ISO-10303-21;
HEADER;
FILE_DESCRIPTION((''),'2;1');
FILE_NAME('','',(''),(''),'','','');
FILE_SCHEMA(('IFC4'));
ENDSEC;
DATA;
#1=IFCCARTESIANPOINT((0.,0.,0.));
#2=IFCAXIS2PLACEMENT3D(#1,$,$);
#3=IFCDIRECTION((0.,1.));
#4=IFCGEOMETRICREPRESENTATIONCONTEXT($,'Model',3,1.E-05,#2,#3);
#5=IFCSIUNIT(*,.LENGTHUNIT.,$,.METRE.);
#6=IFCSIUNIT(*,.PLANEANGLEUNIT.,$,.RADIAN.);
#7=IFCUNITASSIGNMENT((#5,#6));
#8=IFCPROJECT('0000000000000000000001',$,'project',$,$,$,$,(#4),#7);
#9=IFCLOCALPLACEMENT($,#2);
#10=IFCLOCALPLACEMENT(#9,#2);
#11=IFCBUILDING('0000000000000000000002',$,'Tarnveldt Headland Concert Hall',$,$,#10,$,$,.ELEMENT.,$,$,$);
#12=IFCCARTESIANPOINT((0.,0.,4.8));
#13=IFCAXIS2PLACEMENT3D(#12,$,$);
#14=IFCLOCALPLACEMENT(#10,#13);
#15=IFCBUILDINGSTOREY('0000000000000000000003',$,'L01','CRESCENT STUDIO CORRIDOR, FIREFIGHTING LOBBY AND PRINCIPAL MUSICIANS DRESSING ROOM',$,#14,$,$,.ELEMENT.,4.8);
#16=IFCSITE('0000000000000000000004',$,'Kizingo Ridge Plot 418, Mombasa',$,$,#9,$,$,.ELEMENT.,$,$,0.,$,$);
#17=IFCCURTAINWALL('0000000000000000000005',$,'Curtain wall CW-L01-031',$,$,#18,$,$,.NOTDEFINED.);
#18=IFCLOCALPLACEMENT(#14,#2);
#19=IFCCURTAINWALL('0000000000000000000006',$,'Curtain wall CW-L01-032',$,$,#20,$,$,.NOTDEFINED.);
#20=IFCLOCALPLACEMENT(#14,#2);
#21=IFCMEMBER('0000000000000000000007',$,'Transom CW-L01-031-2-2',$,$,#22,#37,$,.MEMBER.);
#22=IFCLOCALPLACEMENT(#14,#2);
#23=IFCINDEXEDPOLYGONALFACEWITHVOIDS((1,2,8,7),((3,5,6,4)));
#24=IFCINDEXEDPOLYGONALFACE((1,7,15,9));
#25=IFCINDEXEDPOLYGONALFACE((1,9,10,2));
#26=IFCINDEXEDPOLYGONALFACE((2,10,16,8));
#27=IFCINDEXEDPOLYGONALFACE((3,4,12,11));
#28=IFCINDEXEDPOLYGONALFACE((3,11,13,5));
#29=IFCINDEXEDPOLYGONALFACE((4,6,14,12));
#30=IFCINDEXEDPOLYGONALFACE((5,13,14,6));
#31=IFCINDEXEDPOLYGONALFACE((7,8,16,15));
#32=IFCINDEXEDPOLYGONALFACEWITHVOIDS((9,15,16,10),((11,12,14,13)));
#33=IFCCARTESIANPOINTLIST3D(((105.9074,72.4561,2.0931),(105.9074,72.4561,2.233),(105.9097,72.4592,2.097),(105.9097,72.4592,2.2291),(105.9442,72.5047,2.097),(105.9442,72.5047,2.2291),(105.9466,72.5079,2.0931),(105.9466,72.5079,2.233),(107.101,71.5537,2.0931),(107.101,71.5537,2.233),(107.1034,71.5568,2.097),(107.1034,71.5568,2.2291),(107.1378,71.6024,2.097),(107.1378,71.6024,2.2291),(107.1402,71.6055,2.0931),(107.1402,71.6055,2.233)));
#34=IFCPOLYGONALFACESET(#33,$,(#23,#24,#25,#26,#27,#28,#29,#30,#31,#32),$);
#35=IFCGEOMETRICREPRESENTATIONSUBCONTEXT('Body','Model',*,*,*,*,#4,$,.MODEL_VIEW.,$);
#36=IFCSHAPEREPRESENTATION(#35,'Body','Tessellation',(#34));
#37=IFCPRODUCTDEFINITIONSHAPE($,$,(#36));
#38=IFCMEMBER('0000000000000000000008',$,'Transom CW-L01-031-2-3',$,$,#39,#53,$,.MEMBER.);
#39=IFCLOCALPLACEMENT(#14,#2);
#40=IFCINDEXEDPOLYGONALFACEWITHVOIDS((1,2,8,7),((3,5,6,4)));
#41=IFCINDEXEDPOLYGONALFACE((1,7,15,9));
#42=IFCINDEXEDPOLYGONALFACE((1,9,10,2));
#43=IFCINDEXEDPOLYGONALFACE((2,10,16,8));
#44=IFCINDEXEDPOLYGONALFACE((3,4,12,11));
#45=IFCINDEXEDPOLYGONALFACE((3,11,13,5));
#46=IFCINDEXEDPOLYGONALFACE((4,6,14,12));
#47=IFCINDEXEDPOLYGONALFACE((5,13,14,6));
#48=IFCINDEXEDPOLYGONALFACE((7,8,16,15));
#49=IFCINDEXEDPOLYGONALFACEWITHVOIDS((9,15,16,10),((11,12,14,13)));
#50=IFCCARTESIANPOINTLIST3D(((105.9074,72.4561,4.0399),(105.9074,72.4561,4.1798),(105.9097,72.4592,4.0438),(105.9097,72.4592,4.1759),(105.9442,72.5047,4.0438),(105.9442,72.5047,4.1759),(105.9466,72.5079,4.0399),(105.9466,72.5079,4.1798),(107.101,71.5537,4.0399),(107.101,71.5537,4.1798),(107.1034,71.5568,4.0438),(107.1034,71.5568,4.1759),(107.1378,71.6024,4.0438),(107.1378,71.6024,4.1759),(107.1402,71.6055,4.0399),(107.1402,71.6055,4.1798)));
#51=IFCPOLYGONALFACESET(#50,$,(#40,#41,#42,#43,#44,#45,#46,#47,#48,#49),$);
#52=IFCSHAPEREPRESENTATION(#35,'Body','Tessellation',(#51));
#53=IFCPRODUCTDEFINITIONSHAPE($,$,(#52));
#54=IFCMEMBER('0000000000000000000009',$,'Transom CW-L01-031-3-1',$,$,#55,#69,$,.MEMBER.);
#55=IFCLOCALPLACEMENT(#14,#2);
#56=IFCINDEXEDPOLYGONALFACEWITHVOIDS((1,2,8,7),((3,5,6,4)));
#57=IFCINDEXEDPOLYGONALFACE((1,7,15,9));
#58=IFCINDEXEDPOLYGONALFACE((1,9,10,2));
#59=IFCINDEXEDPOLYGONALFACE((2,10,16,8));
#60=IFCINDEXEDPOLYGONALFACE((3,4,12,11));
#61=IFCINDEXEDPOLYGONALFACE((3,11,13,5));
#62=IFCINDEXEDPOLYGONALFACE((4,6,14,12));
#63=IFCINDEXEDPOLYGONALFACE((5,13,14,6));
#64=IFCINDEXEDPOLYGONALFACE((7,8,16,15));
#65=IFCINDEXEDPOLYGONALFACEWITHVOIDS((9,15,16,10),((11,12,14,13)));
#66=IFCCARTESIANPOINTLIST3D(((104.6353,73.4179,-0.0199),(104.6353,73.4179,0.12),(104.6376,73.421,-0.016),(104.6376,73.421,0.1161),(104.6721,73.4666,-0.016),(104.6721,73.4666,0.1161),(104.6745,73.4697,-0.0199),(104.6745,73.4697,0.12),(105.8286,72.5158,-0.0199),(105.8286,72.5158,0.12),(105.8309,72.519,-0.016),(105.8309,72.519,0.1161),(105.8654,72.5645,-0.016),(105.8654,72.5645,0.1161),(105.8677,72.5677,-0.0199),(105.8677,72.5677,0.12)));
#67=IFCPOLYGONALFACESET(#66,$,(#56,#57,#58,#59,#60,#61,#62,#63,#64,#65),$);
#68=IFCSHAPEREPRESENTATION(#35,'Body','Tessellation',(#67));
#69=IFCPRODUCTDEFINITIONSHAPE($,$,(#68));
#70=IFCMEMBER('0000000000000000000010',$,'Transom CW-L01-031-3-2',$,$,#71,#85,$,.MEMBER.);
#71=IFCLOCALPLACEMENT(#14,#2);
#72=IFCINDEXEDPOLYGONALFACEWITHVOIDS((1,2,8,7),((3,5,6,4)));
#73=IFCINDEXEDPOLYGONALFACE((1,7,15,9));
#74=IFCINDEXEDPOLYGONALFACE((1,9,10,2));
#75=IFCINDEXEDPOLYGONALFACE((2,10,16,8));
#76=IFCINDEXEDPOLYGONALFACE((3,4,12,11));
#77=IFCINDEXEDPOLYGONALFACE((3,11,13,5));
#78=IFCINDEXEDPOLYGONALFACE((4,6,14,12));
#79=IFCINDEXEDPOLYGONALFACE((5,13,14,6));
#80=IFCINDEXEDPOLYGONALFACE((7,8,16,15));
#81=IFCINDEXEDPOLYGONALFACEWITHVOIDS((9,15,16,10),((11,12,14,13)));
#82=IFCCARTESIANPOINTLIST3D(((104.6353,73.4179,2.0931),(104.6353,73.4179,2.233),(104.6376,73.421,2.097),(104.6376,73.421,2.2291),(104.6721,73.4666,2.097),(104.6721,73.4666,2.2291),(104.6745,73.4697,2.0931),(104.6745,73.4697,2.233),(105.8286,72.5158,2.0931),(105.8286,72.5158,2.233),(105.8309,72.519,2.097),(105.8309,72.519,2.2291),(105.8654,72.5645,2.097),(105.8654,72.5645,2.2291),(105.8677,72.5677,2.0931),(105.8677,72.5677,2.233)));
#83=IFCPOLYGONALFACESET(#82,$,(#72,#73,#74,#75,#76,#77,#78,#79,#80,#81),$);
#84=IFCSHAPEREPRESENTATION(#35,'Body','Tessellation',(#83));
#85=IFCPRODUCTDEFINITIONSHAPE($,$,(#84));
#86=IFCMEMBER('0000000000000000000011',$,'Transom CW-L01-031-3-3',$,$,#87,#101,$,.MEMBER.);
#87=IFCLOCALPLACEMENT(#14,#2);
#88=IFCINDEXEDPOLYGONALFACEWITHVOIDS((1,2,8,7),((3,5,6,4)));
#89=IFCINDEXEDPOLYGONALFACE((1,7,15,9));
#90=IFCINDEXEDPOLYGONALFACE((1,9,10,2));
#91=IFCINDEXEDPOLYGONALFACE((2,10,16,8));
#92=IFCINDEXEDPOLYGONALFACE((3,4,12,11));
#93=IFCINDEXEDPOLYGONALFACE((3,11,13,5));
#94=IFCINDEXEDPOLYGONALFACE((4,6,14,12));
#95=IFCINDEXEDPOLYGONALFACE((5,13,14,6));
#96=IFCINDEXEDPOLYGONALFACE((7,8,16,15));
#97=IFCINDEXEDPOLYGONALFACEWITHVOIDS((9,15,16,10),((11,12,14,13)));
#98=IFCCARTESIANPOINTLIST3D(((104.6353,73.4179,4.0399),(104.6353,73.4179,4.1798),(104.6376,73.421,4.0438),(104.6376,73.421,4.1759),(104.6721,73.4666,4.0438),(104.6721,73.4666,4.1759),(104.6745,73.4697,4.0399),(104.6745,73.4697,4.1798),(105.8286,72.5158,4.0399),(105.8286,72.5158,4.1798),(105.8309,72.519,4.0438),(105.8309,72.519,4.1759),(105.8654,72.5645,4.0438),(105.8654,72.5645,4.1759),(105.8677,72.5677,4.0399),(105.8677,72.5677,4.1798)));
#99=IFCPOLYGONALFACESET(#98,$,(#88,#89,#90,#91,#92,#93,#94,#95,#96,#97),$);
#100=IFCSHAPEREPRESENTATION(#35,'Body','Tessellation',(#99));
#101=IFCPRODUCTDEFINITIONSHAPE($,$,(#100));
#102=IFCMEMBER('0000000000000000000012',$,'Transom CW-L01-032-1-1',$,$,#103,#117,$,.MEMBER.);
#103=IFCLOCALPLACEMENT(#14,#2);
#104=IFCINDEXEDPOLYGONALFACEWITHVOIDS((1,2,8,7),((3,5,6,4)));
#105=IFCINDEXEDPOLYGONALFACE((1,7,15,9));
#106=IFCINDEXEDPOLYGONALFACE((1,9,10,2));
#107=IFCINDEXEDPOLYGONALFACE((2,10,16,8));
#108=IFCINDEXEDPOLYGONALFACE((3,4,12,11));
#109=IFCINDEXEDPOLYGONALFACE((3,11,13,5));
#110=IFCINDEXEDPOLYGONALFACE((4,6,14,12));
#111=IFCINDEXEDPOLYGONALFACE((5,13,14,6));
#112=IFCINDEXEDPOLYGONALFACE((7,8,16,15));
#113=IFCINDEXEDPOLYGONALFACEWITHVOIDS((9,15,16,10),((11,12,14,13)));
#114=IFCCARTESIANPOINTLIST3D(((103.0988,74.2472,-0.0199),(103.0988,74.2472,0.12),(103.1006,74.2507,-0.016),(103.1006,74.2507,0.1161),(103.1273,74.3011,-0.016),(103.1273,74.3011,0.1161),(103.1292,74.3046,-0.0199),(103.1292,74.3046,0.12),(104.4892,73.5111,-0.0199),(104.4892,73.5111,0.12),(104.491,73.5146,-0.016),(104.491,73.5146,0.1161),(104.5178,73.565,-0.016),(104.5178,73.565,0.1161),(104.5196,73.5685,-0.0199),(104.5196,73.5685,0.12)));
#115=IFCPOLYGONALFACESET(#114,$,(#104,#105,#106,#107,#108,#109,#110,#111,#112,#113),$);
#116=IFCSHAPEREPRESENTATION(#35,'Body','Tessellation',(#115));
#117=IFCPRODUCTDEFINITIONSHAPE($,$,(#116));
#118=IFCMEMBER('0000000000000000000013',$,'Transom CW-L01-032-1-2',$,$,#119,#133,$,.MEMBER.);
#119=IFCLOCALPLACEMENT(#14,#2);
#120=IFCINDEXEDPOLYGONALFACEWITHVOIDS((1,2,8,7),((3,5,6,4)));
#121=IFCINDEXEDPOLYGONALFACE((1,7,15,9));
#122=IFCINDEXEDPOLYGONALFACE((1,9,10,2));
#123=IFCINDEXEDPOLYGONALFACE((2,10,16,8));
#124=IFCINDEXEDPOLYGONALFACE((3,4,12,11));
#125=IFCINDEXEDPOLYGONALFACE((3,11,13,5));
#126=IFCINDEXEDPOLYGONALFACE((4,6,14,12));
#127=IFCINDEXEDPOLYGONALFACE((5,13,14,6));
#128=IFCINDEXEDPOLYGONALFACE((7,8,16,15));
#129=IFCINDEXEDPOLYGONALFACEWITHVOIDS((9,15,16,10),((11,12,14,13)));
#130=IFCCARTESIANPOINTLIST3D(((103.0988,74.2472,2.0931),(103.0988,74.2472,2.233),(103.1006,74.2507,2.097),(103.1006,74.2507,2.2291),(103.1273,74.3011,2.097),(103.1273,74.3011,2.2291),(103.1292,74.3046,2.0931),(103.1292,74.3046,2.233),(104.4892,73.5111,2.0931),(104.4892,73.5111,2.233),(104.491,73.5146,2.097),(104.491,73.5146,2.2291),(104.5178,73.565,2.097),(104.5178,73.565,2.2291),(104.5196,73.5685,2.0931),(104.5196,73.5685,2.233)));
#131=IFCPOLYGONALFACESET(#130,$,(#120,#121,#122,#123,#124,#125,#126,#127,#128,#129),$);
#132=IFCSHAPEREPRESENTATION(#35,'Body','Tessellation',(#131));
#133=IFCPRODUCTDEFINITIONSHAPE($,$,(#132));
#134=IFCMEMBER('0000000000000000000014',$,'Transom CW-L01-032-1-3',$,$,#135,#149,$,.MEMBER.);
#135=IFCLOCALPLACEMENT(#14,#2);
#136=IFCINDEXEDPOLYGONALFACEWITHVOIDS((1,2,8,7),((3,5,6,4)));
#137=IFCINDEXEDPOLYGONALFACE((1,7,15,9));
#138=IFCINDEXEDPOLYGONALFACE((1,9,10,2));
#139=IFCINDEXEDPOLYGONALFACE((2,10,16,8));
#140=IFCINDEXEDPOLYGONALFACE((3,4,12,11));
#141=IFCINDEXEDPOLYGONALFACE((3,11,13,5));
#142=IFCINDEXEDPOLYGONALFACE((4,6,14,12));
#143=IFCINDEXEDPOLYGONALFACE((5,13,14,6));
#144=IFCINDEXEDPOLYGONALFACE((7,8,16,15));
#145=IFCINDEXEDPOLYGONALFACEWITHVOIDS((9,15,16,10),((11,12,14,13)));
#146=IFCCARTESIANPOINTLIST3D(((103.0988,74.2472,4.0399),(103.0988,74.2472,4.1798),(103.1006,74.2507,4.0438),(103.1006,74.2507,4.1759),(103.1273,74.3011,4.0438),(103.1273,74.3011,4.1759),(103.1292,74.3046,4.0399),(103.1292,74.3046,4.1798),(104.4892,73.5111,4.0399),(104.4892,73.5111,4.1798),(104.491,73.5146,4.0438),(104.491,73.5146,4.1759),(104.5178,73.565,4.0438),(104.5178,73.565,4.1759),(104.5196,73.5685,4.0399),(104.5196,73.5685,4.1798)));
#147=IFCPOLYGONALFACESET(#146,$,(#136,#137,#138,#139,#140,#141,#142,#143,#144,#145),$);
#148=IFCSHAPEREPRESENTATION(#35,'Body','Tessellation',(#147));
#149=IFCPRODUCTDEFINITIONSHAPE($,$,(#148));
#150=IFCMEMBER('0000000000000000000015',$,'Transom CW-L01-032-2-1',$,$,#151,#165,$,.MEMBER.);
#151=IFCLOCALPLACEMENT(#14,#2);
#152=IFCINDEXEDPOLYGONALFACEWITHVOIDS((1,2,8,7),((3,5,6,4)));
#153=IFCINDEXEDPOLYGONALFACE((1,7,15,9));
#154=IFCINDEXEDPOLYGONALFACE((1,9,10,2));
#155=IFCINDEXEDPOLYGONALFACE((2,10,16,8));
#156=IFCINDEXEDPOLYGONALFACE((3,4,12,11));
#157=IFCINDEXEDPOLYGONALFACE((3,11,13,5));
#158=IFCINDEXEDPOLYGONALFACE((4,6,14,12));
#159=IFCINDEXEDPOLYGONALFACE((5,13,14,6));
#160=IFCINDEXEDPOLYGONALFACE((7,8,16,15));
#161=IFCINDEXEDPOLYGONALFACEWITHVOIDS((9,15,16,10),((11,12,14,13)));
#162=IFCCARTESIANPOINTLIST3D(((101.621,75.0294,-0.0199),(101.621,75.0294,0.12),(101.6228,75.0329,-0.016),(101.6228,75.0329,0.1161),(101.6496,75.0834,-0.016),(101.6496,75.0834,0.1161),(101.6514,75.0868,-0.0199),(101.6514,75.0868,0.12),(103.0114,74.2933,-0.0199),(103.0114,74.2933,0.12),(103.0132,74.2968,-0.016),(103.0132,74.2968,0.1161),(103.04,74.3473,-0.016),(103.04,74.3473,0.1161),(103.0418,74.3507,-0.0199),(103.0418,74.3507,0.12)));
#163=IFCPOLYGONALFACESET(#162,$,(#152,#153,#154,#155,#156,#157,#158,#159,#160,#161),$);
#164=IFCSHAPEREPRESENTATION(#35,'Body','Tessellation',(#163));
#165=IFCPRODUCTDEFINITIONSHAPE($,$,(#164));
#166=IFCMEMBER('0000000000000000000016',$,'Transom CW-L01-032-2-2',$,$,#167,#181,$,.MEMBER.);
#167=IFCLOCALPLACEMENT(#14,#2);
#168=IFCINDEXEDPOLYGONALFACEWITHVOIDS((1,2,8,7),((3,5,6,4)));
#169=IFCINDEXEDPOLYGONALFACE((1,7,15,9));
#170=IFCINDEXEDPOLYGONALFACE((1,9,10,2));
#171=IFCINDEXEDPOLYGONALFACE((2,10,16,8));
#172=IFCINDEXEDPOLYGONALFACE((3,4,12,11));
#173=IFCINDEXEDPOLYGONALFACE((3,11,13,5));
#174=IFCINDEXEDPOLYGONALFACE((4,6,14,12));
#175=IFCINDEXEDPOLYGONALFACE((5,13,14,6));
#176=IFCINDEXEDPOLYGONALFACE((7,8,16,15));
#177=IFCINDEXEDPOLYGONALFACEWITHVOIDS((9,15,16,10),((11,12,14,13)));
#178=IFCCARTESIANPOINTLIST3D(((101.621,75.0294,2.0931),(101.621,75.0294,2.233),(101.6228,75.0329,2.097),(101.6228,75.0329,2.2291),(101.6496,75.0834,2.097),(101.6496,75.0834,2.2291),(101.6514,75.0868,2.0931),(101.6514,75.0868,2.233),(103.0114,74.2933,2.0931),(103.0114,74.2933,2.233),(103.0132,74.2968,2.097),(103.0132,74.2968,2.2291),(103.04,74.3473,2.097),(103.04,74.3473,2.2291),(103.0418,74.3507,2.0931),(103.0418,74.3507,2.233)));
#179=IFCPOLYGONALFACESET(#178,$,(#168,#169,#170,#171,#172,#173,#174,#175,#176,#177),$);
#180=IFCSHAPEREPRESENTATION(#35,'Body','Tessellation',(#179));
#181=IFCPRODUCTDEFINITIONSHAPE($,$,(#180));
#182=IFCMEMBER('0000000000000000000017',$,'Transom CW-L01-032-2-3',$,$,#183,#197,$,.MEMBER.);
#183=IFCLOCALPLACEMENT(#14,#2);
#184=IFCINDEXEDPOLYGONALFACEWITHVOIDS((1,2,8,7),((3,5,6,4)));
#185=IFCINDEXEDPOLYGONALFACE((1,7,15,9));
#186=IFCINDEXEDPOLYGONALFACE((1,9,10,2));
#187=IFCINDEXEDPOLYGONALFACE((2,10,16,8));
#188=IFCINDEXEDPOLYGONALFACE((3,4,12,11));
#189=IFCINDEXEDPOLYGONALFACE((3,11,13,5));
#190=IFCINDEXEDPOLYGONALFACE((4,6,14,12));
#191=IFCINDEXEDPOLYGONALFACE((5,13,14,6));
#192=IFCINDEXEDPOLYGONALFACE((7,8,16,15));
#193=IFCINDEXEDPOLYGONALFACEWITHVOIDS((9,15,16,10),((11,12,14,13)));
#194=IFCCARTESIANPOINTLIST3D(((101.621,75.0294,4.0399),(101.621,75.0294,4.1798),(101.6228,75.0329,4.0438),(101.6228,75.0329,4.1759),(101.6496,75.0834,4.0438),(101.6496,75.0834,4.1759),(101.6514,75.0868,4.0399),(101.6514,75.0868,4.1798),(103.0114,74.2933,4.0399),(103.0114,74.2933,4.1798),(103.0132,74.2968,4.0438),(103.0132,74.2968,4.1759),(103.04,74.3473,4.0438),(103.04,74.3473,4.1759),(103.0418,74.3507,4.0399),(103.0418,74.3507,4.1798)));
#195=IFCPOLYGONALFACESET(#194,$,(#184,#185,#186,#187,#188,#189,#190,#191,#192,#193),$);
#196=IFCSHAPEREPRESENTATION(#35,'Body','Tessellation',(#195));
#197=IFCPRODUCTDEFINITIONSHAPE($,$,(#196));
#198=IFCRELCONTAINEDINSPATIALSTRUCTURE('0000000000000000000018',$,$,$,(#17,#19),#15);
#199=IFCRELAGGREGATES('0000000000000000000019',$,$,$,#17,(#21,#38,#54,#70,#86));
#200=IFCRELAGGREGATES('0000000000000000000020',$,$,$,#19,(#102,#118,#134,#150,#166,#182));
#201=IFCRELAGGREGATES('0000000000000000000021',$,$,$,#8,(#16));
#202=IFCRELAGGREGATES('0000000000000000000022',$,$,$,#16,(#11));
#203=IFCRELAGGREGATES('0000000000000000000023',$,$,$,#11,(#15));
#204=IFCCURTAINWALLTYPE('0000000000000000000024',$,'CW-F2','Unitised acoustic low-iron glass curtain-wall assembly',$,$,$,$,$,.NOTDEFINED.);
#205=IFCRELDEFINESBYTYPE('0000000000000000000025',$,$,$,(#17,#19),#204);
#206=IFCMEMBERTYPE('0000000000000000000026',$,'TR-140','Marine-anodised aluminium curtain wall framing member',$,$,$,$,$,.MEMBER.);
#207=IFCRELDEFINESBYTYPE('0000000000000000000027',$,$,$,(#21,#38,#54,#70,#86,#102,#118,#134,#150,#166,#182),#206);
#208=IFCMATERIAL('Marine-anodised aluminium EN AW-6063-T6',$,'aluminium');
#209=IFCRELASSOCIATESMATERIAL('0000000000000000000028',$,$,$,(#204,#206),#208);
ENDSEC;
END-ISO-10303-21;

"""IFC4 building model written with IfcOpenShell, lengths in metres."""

from ifc_helpers import new_model, si_unit, direction, frame, origin, origin_2d, place, context, subcontext, project, spatial, hollow_rectangle, extrude, material, material_profile, profile_set, type_object, element, aggregate, save


model = new_model("IFC4")

# Units and contexts
model_context = context("Model", 3, precision=1e-05, world=origin(), true_north=direction((0.0, 1.0)))
body_context = subcontext(model_context, "Body", "Model", "MODEL_VIEW")
ifc_project = project(units=[si_unit("LENGTHUNIT", "METRE"), si_unit("PLANEANGLEUNIT", "RADIAN")], contexts=[model_context])

# Site, building, storey
site_placement = place(None, origin())
site = spatial("IfcSite", under=ifc_project, at=site_placement, Name="Kizingo Ridge Plot 418, Mombasa", CompositionType="ELEMENT", RefElevation=0.0)
building_placement = place(site_placement, origin())
building = spatial("IfcBuilding", under=site, at=building_placement, Name="Tarnveldt Headland Concert Hall", CompositionType="ELEMENT")
storey_placement = place(building_placement, frame((0.0, 0.0, 4.8)))
storey = spatial("IfcBuildingStorey", under=building, at=storey_placement, Name="L01", Description="CRESCENT STUDIO CORRIDOR, FIREFIGHTING LOBBY AND PRINCIPAL MUSICIANS DRESSING ROOM", CompositionType="ELEMENT", Elevation=4.8)

# Curtain walls
ifc_material_1 = material(Name="Marine-anodised aluminium EN AW-6063-T6", Category="aluminium")
curtain_wall_type = type_object("IfcCurtainWallType", Name="CW-F2", Description="Unitised acoustic low-iron glass curtain-wall assembly", PredefinedType="NOTDEFINED", material=ifc_material_1)
curtain_wall_1_placement = place(storey_placement, origin())
curtain_wall_1 = element("IfcCurtainWall", 1, at=curtain_wall_1_placement, inside=storey, type_object=curtain_wall_type, Name="Curtain wall CW-L01-031", PredefinedType="NOTDEFINED")
curtain_wall_2_placement = place(storey_placement, origin())
curtain_wall_2 = element("IfcCurtainWall", 2, at=curtain_wall_2_placement, inside=storey, type_object=curtain_wall_type, Name="Curtain wall CW-L01-032", PredefinedType="NOTDEFINED")

# Members
ifc_material_profile_1 = material_profile(ifc_material_1, hollow_rectangle(XDim=0.0649, YDim=0.1399, WallThickness=0.0039, at=origin_2d()), Name="ALU TRANSOM 65x140x4", Category="aluminium")
ifc_profile_set_1 = profile_set([ifc_material_profile_1], Name="Marine-anodised aluminium EN AW-6063-T6")
member_type_1 = type_object("IfcMemberType", Name="TR-140", Description="Marine-anodised aluminium curtain wall framing member", PredefinedType="MEMBER", material=ifc_profile_set_1)
member_1_placement = place(storey_placement, frame((107.1206, 71.5796, 2.1631), z_axis=(-0.797703, 0.60305, 0.0), x_axis=(-0.60305, -0.797703, 0.0)))
member_1 = element("IfcMember", 3, at=member_1_placement, type_object=member_type_1, Name="Transom CW-L01-031-2-2", PredefinedType="MEMBER", context=body_context, shape_type="SweptSolid", body=[
    extrude(hollow_rectangle(XDim=0.0649, YDim=0.1399, WallThickness=0.0039, at=origin_2d()), origin(), (0.0, 0.0, 1.0), 1.4963),
])
member_2_placement = place(storey_placement, frame((107.1206, 71.5796, 4.1099), z_axis=(-0.797703, 0.60305, 0.0), x_axis=(-0.60305, -0.797703, 0.0)))
member_2 = element("IfcMember", 4, at=member_2_placement, type_object=member_type_1, Name="Transom CW-L01-031-2-3", PredefinedType="MEMBER", context=body_context, shape_type="SweptSolid", body=[
    extrude(hollow_rectangle(XDim=0.0649, YDim=0.1399, WallThickness=0.0039, at=origin_2d()), origin(), (0.0, 0.0, 1.0), 1.4963),
])
member_3_placement = place(storey_placement, frame((105.8481, 72.5417, 0.05), z_axis=(-0.797723, 0.603025, 0.0), x_axis=(-0.603025, -0.797723, 0.0)))
member_3 = element("IfcMember", 5, at=member_3_placement, type_object=member_type_1, Name="Transom CW-L01-031-3-1", PredefinedType="MEMBER", context=body_context, shape_type="SweptSolid", body=[
    extrude(hollow_rectangle(XDim=0.0649, YDim=0.1399, WallThickness=0.0039, at=origin_2d()), origin(), (0.0, 0.0, 1.0), 1.4958),
])
member_4_placement = place(storey_placement, frame((105.8481, 72.5417, 2.1631), z_axis=(-0.797723, 0.603025, 0.0), x_axis=(-0.603025, -0.797723, 0.0)))
member_4 = element("IfcMember", 6, at=member_4_placement, type_object=member_type_1, Name="Transom CW-L01-031-3-2", PredefinedType="MEMBER", context=body_context, shape_type="SweptSolid", body=[
    extrude(hollow_rectangle(XDim=0.0649, YDim=0.1399, WallThickness=0.0039, at=origin_2d()), origin(), (0.0, 0.0, 1.0), 1.4958),
])
member_5_placement = place(storey_placement, frame((105.8481, 72.5417, 4.1099), z_axis=(-0.797723, 0.603025, 0.0), x_axis=(-0.603025, -0.797723, 0.0)))
member_5 = element("IfcMember", 7, at=member_5_placement, type_object=member_type_1, Name="Transom CW-L01-031-3-3", PredefinedType="MEMBER", context=body_context, shape_type="SweptSolid", body=[
    extrude(hollow_rectangle(XDim=0.0649, YDim=0.1399, WallThickness=0.0039, at=origin_2d()), origin(), (0.0, 0.0, 1.0), 1.4958),
])
member_6_placement = place(storey_placement, frame((104.5044, 73.5398, 0.05), z_axis=(-0.883788, 0.467888, 0.0), x_axis=(-0.467888, -0.883788, 0.0)))
member_6 = element("IfcMember", 8, at=member_6_placement, type_object=member_type_1, Name="Transom CW-L01-032-1-1", PredefinedType="MEMBER", context=body_context, shape_type="SweptSolid", body=[
    extrude(hollow_rectangle(XDim=0.0649, YDim=0.1399, WallThickness=0.0039, at=origin_2d()), origin(), (0.0, 0.0, 1.0), 1.5732),
])
member_7_placement = place(storey_placement, frame((104.5044, 73.5398, 2.1631), z_axis=(-0.883788, 0.467888, 0.0), x_axis=(-0.467888, -0.883788, 0.0)))
member_7 = element("IfcMember", 9, at=member_7_placement, type_object=member_type_1, Name="Transom CW-L01-032-1-2", PredefinedType="MEMBER", context=body_context, shape_type="SweptSolid", body=[
    extrude(hollow_rectangle(XDim=0.0649, YDim=0.1399, WallThickness=0.0039, at=origin_2d()), origin(), (0.0, 0.0, 1.0), 1.5732),
])
member_8_placement = place(storey_placement, frame((104.5044, 73.5398, 4.1099), z_axis=(-0.883788, 0.467888, 0.0), x_axis=(-0.467888, -0.883788, 0.0)))
member_8 = element("IfcMember", 10, at=member_8_placement, type_object=member_type_1, Name="Transom CW-L01-032-1-3", PredefinedType="MEMBER", context=body_context, shape_type="SweptSolid", body=[
    extrude(hollow_rectangle(XDim=0.0649, YDim=0.1399, WallThickness=0.0039, at=origin_2d()), origin(), (0.0, 0.0, 1.0), 1.5732),
])
member_9_placement = place(storey_placement, frame((103.0266, 74.322, 0.05), z_axis=(-0.883788, 0.467888, 0.0), x_axis=(-0.467888, -0.883788, 0.0)))
member_9 = element("IfcMember", 11, at=member_9_placement, type_object=member_type_1, Name="Transom CW-L01-032-2-1", PredefinedType="MEMBER", context=body_context, shape_type="SweptSolid", body=[
    extrude(hollow_rectangle(XDim=0.0649, YDim=0.1399, WallThickness=0.0039, at=origin_2d()), origin(), (0.0, 0.0, 1.0), 1.5732),
])
member_10_placement = place(storey_placement, frame((103.0266, 74.322, 2.1631), z_axis=(-0.883788, 0.467888, 0.0), x_axis=(-0.467888, -0.883788, 0.0)))
member_10 = element("IfcMember", 12, at=member_10_placement, type_object=member_type_1, Name="Transom CW-L01-032-2-2", PredefinedType="MEMBER", context=body_context, shape_type="SweptSolid", body=[
    extrude(hollow_rectangle(XDim=0.0649, YDim=0.1399, WallThickness=0.0039, at=origin_2d()), origin(), (0.0, 0.0, 1.0), 1.5732),
])
member_11_placement = place(storey_placement, frame((103.0266, 74.322, 4.1099), z_axis=(-0.883788, 0.467888, 0.0), x_axis=(-0.467888, -0.883788, 0.0)))
member_11 = element("IfcMember", 13, at=member_11_placement, type_object=member_type_1, Name="Transom CW-L01-032-2-3", PredefinedType="MEMBER", context=body_context, shape_type="SweptSolid", body=[
    extrude(hollow_rectangle(XDim=0.0649, YDim=0.1399, WallThickness=0.0039, at=origin_2d()), origin(), (0.0, 0.0, 1.0), 1.5732),
])

aggregate(curtain_wall_1, [member_1, member_2, member_3, member_4, member_5])
aggregate(curtain_wall_2, [member_6, member_7, member_8, member_9, member_10, member_11])

save(model, "model.ifc")
